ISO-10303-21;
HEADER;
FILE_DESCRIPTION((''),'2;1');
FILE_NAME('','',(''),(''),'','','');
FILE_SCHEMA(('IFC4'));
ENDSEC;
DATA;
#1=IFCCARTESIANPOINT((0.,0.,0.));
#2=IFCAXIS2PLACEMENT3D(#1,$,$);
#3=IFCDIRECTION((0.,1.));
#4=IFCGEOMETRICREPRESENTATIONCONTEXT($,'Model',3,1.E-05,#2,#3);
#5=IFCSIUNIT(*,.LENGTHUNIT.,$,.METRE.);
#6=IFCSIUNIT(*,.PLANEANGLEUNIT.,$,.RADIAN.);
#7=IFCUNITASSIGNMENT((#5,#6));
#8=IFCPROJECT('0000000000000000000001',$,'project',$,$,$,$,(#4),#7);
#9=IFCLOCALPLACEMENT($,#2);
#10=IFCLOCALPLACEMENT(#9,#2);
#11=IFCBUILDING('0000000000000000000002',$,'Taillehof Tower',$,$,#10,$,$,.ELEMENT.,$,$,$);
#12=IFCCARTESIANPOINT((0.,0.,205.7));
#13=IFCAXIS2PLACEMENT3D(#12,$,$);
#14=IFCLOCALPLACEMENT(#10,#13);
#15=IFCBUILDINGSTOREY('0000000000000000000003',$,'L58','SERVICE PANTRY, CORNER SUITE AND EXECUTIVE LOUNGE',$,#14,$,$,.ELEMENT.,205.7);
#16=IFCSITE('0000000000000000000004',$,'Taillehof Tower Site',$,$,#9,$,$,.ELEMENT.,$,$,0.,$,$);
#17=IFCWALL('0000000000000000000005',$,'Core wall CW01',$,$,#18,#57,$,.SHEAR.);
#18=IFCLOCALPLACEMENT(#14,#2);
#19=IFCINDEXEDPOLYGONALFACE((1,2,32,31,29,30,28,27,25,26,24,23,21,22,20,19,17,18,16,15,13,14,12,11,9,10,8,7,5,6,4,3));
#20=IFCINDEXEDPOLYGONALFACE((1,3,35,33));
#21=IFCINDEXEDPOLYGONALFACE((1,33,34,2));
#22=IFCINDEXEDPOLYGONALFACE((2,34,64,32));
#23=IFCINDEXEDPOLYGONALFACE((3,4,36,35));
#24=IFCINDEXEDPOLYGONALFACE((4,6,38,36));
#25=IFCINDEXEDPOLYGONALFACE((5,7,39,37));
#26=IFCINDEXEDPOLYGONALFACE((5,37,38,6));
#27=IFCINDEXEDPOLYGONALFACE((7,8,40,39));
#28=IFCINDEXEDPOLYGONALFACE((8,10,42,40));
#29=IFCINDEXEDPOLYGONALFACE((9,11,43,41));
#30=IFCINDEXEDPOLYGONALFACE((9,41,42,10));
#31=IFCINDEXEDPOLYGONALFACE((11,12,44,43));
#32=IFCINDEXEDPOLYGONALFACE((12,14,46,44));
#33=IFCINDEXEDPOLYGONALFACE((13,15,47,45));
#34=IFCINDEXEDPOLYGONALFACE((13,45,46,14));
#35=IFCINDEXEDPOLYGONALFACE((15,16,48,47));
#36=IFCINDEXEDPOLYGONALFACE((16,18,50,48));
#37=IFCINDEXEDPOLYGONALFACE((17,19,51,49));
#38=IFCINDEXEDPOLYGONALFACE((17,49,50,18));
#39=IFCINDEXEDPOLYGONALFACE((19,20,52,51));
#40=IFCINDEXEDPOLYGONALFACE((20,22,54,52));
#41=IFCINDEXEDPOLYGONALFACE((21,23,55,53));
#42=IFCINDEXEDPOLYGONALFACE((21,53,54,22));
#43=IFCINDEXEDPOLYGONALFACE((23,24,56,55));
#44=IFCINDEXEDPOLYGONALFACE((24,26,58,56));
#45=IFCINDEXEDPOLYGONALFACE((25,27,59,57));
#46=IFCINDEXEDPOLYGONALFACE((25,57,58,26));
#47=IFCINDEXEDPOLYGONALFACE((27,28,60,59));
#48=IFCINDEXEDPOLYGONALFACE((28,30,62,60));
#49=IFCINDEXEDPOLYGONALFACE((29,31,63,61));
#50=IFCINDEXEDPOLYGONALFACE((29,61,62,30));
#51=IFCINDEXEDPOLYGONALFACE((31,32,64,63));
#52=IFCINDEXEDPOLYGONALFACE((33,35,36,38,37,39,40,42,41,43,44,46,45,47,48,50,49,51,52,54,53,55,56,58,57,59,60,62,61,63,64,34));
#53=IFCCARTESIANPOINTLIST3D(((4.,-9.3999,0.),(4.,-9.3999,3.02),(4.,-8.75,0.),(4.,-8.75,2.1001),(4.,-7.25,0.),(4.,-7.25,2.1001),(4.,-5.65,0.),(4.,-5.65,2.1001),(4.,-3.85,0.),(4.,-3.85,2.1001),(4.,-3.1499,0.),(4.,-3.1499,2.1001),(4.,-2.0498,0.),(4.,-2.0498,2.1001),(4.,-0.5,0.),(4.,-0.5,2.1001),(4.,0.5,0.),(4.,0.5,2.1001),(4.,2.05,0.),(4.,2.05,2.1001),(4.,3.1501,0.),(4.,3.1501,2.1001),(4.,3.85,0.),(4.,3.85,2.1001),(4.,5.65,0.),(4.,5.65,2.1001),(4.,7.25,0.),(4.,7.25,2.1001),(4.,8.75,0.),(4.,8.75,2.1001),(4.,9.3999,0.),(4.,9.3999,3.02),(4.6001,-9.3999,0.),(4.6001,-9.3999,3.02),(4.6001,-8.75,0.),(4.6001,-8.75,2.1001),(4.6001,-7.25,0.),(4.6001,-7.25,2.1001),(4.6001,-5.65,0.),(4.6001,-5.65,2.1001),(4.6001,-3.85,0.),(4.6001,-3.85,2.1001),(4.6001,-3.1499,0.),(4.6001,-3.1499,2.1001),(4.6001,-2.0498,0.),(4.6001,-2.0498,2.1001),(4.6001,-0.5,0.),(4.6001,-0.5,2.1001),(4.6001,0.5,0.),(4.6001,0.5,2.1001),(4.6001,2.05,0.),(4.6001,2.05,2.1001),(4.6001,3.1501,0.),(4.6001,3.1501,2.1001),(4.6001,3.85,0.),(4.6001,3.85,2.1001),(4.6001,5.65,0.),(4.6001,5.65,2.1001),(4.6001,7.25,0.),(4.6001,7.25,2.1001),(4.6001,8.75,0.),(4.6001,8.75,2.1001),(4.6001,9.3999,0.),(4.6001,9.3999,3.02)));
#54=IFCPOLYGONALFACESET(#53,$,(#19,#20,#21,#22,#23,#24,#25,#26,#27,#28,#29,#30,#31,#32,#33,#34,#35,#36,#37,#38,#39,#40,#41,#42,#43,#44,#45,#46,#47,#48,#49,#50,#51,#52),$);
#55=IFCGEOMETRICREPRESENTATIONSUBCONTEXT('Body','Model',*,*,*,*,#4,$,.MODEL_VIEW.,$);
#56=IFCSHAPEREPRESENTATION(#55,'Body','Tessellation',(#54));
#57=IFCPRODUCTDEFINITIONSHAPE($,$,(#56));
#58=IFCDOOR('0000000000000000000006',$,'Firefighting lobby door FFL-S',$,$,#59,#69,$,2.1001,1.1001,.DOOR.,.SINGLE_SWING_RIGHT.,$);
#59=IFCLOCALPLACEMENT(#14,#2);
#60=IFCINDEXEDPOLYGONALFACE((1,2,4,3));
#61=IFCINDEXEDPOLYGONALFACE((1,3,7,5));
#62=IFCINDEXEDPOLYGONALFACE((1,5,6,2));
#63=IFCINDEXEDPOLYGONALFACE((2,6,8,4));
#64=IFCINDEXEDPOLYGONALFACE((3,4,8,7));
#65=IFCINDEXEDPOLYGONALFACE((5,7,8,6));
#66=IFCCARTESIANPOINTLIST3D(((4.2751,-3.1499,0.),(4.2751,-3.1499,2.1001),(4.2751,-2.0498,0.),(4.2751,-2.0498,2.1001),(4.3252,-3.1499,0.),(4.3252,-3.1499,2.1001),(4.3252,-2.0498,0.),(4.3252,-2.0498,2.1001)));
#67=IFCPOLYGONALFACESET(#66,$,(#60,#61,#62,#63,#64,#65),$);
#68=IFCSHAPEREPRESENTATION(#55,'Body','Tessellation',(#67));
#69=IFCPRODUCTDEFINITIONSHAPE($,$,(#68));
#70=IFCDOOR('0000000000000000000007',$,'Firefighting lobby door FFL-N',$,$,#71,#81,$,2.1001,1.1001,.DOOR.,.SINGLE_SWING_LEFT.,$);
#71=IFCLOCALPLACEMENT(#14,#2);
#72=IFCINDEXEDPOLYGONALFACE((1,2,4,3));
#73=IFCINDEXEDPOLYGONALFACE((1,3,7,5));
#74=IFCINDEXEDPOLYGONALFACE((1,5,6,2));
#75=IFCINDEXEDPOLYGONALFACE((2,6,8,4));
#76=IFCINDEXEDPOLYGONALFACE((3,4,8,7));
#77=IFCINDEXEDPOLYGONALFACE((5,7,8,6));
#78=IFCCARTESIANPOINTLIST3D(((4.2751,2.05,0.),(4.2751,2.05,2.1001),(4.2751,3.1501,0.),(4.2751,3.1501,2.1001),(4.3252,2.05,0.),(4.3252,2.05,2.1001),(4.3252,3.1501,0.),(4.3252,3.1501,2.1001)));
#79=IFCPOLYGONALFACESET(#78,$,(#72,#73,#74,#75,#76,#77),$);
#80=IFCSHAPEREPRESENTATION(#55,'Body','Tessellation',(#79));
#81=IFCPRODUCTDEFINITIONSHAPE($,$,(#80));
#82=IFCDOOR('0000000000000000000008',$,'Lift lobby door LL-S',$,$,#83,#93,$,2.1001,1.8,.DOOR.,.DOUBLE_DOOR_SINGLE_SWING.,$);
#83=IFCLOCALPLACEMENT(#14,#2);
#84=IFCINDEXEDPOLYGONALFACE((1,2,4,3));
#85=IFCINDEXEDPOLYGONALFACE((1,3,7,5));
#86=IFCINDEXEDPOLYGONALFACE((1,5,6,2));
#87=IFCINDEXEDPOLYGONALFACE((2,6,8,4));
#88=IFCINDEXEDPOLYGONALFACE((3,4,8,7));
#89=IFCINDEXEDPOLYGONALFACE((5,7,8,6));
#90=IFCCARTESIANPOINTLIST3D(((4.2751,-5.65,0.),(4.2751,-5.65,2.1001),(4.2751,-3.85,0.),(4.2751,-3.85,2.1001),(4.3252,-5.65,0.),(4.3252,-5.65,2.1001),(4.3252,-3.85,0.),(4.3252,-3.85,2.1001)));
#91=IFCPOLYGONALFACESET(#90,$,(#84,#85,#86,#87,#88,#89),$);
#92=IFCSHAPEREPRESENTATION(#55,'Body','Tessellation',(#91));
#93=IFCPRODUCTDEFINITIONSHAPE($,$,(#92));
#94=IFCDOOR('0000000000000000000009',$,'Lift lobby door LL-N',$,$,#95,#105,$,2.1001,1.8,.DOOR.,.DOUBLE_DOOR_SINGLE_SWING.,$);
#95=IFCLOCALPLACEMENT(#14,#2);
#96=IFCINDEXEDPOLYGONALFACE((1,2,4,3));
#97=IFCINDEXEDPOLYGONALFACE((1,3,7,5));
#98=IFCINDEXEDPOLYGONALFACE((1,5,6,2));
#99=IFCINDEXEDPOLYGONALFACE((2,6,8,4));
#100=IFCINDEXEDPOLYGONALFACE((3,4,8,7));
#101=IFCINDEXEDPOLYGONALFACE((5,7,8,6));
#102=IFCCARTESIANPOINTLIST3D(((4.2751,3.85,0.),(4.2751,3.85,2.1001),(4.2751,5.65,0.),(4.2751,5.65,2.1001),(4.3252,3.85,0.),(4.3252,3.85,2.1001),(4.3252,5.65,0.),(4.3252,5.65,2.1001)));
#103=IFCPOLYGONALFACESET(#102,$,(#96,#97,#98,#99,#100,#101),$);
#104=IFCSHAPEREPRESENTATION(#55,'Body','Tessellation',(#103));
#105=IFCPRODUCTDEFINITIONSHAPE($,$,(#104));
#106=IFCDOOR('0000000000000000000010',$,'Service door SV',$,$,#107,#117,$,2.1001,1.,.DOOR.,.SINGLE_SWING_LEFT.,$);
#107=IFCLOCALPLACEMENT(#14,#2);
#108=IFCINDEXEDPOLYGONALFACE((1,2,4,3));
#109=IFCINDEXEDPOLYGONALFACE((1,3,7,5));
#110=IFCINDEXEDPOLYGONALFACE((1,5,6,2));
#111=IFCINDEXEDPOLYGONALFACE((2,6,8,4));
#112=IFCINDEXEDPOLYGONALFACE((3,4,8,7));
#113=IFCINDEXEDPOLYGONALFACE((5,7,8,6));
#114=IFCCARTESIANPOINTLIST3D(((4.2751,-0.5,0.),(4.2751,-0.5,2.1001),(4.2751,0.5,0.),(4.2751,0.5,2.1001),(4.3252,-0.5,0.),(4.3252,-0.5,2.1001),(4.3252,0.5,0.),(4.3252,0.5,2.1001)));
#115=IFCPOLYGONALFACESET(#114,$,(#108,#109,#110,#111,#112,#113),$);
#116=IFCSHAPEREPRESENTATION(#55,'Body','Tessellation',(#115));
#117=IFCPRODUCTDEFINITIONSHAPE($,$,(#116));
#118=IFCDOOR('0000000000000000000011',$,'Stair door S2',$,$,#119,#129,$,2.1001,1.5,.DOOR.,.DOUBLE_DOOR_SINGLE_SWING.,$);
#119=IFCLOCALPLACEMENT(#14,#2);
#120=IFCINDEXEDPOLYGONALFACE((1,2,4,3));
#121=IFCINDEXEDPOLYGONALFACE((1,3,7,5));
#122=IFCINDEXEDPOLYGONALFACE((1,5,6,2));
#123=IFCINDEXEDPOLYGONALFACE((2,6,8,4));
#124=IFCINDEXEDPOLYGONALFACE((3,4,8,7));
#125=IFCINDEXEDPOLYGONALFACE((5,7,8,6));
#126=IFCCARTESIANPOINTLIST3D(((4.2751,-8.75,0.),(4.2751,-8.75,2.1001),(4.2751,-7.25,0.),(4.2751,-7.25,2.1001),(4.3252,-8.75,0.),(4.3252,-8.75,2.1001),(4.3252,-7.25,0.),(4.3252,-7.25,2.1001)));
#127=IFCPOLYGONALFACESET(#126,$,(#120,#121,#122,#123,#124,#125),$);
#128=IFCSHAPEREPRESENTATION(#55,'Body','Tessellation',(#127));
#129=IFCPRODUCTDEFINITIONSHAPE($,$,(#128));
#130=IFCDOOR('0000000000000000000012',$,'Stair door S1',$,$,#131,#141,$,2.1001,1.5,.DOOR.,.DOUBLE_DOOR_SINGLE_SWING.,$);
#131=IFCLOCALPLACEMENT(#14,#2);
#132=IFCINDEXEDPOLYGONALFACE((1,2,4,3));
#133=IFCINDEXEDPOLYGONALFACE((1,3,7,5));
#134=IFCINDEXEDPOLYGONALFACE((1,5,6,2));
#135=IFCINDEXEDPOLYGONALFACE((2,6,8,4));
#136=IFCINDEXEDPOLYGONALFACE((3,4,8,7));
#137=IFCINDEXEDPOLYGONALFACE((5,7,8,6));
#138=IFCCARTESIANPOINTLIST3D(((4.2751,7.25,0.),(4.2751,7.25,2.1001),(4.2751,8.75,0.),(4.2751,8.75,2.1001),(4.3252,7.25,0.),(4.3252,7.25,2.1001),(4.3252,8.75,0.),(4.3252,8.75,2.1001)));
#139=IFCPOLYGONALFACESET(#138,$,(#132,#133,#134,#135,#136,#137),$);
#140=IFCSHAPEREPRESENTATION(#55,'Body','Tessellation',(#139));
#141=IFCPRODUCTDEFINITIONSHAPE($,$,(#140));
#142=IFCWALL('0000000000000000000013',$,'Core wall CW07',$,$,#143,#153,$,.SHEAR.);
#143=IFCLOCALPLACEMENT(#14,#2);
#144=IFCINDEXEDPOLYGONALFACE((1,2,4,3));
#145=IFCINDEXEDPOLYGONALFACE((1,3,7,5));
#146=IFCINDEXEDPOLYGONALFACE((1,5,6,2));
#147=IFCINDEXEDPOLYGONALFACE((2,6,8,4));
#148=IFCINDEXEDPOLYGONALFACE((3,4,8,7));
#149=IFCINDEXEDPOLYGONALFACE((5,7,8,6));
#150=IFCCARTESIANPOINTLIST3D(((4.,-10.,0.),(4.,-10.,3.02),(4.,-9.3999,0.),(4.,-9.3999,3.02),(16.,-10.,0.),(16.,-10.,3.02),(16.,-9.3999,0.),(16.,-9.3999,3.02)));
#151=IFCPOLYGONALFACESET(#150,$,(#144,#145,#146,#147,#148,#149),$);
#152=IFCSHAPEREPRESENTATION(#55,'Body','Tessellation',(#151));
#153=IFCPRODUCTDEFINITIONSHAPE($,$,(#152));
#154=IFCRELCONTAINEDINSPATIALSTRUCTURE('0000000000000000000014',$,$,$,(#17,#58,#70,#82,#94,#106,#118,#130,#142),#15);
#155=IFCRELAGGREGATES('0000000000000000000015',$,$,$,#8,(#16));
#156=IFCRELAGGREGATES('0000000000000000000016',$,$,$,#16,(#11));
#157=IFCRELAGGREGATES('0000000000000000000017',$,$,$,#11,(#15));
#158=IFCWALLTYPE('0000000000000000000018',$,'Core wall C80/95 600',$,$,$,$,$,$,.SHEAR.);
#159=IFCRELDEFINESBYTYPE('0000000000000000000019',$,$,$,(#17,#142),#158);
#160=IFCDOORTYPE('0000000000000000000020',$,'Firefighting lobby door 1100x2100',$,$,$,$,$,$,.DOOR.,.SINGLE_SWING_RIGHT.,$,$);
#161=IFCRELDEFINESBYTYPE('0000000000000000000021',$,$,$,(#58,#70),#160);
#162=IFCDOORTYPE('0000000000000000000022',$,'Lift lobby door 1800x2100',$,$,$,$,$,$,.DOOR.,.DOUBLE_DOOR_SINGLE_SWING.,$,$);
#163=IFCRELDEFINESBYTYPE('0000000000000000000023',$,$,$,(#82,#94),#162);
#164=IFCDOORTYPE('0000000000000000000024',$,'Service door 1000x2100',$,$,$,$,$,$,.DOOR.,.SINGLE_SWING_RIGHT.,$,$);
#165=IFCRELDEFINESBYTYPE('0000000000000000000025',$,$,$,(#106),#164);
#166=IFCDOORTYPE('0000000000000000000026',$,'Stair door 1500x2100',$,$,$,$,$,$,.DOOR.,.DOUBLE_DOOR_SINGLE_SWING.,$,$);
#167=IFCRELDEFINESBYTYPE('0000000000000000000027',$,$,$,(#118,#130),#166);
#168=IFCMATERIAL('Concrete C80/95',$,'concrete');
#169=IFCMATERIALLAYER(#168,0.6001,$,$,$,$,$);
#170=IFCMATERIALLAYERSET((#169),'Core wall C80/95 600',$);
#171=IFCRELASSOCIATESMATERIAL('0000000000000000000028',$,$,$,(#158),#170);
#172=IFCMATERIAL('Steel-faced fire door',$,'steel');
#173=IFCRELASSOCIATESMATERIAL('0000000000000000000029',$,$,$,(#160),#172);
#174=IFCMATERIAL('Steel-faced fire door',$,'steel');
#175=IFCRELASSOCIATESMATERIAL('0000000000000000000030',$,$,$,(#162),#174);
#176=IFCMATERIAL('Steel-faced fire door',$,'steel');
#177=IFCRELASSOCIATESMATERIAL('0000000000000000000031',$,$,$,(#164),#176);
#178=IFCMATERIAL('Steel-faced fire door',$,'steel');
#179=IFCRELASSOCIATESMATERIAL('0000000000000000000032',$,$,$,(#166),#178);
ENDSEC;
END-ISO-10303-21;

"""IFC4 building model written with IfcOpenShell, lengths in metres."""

from ifc_helpers import new_model, si_unit, direction, frame, frame_2d, origin, place, context, subcontext, project, spatial, rectangle, extrude, material, layer, layer_set, type_object, element, fill, save


model = new_model("IFC4")

# Units and contexts
model_context = context("Model", 3, precision=1e-05, world=origin(), true_north=direction((0.0, 1.0)))
body_context = subcontext(model_context, "Body", "Model", "MODEL_VIEW")
ifc_project = project(units=[si_unit("LENGTHUNIT", "METRE"), si_unit("PLANEANGLEUNIT", "RADIAN")], contexts=[model_context])

# Site, building, storey
site_placement = place(None, origin())
site = spatial("IfcSite", under=ifc_project, at=site_placement, Name="Taillehof Tower Site", CompositionType="ELEMENT", RefElevation=0.0)
building_placement = place(site_placement, origin())
building = spatial("IfcBuilding", under=site, at=building_placement, Name="Taillehof Tower", CompositionType="ELEMENT")
storey_placement = place(building_placement, frame((0.0, 0.0, 205.7)))
storey = spatial("IfcBuildingStorey", under=building, at=storey_placement, Name="L58", Description="SERVICE PANTRY, CORNER SUITE AND EXECUTIVE LOUNGE", CompositionType="ELEMENT", Elevation=205.7)

# Wall, openings, doors
ifc_material_1 = material(Name="Concrete C80/95", Category="concrete")
ifc_layer_1 = layer(ifc_material_1, 0.6001)
ifc_layer_set_1 = layer_set([ifc_layer_1], Name="Core wall C80/95 600")
wall_type_1 = type_object("IfcWallType", Name="Core wall C80/95 600", PredefinedType="SHEAR", material=ifc_layer_set_1)
wall_1_placement = place(storey_placement, frame((4.3, -9.3999, 0.0), z_axis=(0.0, 0.0, 1.0), x_axis=(0.0, 1.0, 0.0)))
wall_1 = element("IfcWall", 1, at=wall_1_placement, inside=storey, type_object=wall_type_1, Name="Core wall CW01", PredefinedType="SHEAR", context=body_context, shape_type="SweptSolid", body=[
    extrude(rectangle(XDim=18.7998, YDim=0.6001, at=frame_2d((9.3999, 0.0))), origin(), (0.0, 0.0, 1.0), 3.02),
])
opening_1_placement = place(wall_1_placement, frame((0.6499, 0.0, 0.0)))
opening_1 = element("IfcOpeningElement", 2, at=opening_1_placement, cuts=wall_1, PredefinedType="OPENING", context=body_context, shape_type="SweptSolid", body=[
    extrude(rectangle(XDim=1.5, YDim=2.1001, at=frame_2d((0.75, 1.05))), frame((0.0, 0.3101, 0.0), z_axis=(0.0, -1.0, 0.0), x_axis=(1.0, 0.0, 0.0)), (0.0, 0.0, 1.0), 0.6201),
])
opening_2_placement = place(wall_1_placement, frame((3.75, 0.0, 0.0)))
opening_2 = element("IfcOpeningElement", 3, at=opening_2_placement, cuts=wall_1, PredefinedType="OPENING", context=body_context, shape_type="SweptSolid", body=[
    extrude(rectangle(XDim=1.8, YDim=2.1001, at=frame_2d((0.8999, 1.05))), frame((0.0, 0.3101, 0.0), z_axis=(0.0, -1.0, 0.0), x_axis=(1.0, 0.0, 0.0)), (0.0, 0.0, 1.0), 0.6201),
])
opening_3_placement = place(wall_1_placement, frame((6.25, 0.0, 0.0)))
opening_3 = element("IfcOpeningElement", 4, at=opening_3_placement, cuts=wall_1, PredefinedType="OPENING", context=body_context, shape_type="SweptSolid", body=[
    extrude(rectangle(XDim=1.1001, YDim=2.1001, at=frame_2d((0.55, 1.05))), frame((0.0, 0.3101, 0.0), z_axis=(0.0, -1.0, 0.0), x_axis=(1.0, 0.0, 0.0)), (0.0, 0.0, 1.0), 0.6201),
])
opening_4_placement = place(wall_1_placement, frame((8.8999, 0.0, 0.0)))
opening_4 = element("IfcOpeningElement", 5, at=opening_4_placement, cuts=wall_1, PredefinedType="OPENING", context=body_context, shape_type="SweptSolid", body=[
    extrude(rectangle(XDim=1.0, YDim=2.1001, at=frame_2d((0.5, 1.05))), frame((0.0, 0.3101, 0.0), z_axis=(0.0, -1.0, 0.0), x_axis=(1.0, 0.0, 0.0)), (0.0, 0.0, 1.0), 0.6201),
])
opening_5_placement = place(wall_1_placement, frame((11.45, 0.0, 0.0)))
opening_5 = element("IfcOpeningElement", 6, at=opening_5_placement, cuts=wall_1, PredefinedType="OPENING", context=body_context, shape_type="SweptSolid", body=[
    extrude(rectangle(XDim=1.1001, YDim=2.1001, at=frame_2d((0.55, 1.05))), frame((0.0, 0.3101, 0.0), z_axis=(0.0, -1.0, 0.0), x_axis=(1.0, 0.0, 0.0)), (0.0, 0.0, 1.0), 0.6201),
])
opening_6_placement = place(wall_1_placement, frame((13.25, 0.0, 0.0)))
opening_6 = element("IfcOpeningElement", 7, at=opening_6_placement, cuts=wall_1, PredefinedType="OPENING", context=body_context, shape_type="SweptSolid", body=[
    extrude(rectangle(XDim=1.8, YDim=2.1001, at=frame_2d((0.8999, 1.05))), frame((0.0, 0.3101, 0.0), z_axis=(0.0, -1.0, 0.0), x_axis=(1.0, 0.0, 0.0)), (0.0, 0.0, 1.0), 0.6201),
])
opening_7_placement = place(wall_1_placement, frame((16.6499, 0.0, 0.0)))
opening_7 = element("IfcOpeningElement", 8, at=opening_7_placement, cuts=wall_1, PredefinedType="OPENING", context=body_context, shape_type="SweptSolid", body=[
    extrude(rectangle(XDim=1.5, YDim=2.1001, at=frame_2d((0.75, 1.05))), frame((0.0, 0.3101, 0.0), z_axis=(0.0, -1.0, 0.0), x_axis=(1.0, 0.0, 0.0)), (0.0, 0.0, 1.0), 0.6201),
])
ifc_material_2 = material(Name="Steel-faced fire door", Category="steel")
door_type_1 = type_object("IfcDoorType", Name="Firefighting lobby door 1100x2100", OperationType="SINGLE_SWING_RIGHT", PredefinedType="DOOR", material=ifc_material_2)
door_1_placement = place(opening_3_placement, origin())
door_1 = element("IfcDoor", 9, at=door_1_placement, inside=storey, type_object=door_type_1, Name="Firefighting lobby door FFL-S", OperationType="SINGLE_SWING_RIGHT", OverallHeight=2.1001, OverallWidth=1.1001, PredefinedType="DOOR", context=body_context, shape_type="SweptSolid", body=[
    extrude(rectangle(XDim=1.1001, YDim=2.1001, at=frame_2d((0.55, 1.05))), frame((0.0, 0.0249, 0.0), z_axis=(0.0, -1.0, 0.0), x_axis=(1.0, 0.0, 0.0)), (0.0, 0.0, 1.0), 0.05),
])
fill(opening_3, door_1)
door_2_placement = place(opening_5_placement, origin())
door_2 = element("IfcDoor", 10, at=door_2_placement, inside=storey, type_object=door_type_1, Name="Firefighting lobby door FFL-N", OperationType="SINGLE_SWING_LEFT", OverallHeight=2.1001, OverallWidth=1.1001, PredefinedType="DOOR", context=body_context, shape_type="SweptSolid", body=[
    extrude(rectangle(XDim=1.1001, YDim=2.1001, at=frame_2d((0.55, 1.05))), frame((0.0, 0.0249, 0.0), z_axis=(0.0, -1.0, 0.0), x_axis=(1.0, 0.0, 0.0)), (0.0, 0.0, 1.0), 0.05),
])
fill(opening_5, door_2)
ifc_material_3 = material(Name="Steel-faced fire door", Category="steel")
door_type_2 = type_object("IfcDoorType", Name="Lift lobby door 1800x2100", OperationType="DOUBLE_DOOR_SINGLE_SWING", PredefinedType="DOOR", material=ifc_material_3)
door_3_placement = place(opening_2_placement, origin())
door_3 = element("IfcDoor", 11, at=door_3_placement, inside=storey, type_object=door_type_2, Name="Lift lobby door LL-S", OperationType="DOUBLE_DOOR_SINGLE_SWING", OverallHeight=2.1001, OverallWidth=1.8, PredefinedType="DOOR", context=body_context, shape_type="SweptSolid", body=[
    extrude(rectangle(XDim=1.8, YDim=2.1001, at=frame_2d((0.8999, 1.05))), frame((0.0, 0.0249, 0.0), z_axis=(0.0, -1.0, 0.0), x_axis=(1.0, 0.0, 0.0)), (0.0, 0.0, 1.0), 0.05),
])
fill(opening_2, door_3)
door_4_placement = place(opening_6_placement, origin())
door_4 = element("IfcDoor", 12, at=door_4_placement, inside=storey, type_object=door_type_2, Name="Lift lobby door LL-N", OperationType="DOUBLE_DOOR_SINGLE_SWING", OverallHeight=2.1001, OverallWidth=1.8, PredefinedType="DOOR", context=body_context, shape_type="SweptSolid", body=[
    extrude(rectangle(XDim=1.8, YDim=2.1001, at=frame_2d((0.8999, 1.05))), frame((0.0, 0.0249, 0.0), z_axis=(0.0, -1.0, 0.0), x_axis=(1.0, 0.0, 0.0)), (0.0, 0.0, 1.0), 0.05),
])
fill(opening_6, door_4)
ifc_material_4 = material(Name="Steel-faced fire door", Category="steel")
door_type_3 = type_object("IfcDoorType", Name="Service door 1000x2100", OperationType="SINGLE_SWING_RIGHT", PredefinedType="DOOR", material=ifc_material_4)
door_5_placement = place(opening_4_placement, origin())
door_5 = element("IfcDoor", 13, at=door_5_placement, inside=storey, type_object=door_type_3, Name="Service door SV", OperationType="SINGLE_SWING_LEFT", OverallHeight=2.1001, OverallWidth=1.0, PredefinedType="DOOR", context=body_context, shape_type="SweptSolid", body=[
    extrude(rectangle(XDim=1.0, YDim=2.1001, at=frame_2d((0.5, 1.05))), frame((0.0, 0.0249, 0.0), z_axis=(0.0, -1.0, 0.0), x_axis=(1.0, 0.0, 0.0)), (0.0, 0.0, 1.0), 0.05),
])
fill(opening_4, door_5)
ifc_material_5 = material(Name="Steel-faced fire door", Category="steel")
door_type_4 = type_object("IfcDoorType", Name="Stair door 1500x2100", OperationType="DOUBLE_DOOR_SINGLE_SWING", PredefinedType="DOOR", material=ifc_material_5)
door_6_placement = place(opening_1_placement, origin())
door_6 = element("IfcDoor", 14, at=door_6_placement, inside=storey, type_object=door_type_4, Name="Stair door S2", OperationType="DOUBLE_DOOR_SINGLE_SWING", OverallHeight=2.1001, OverallWidth=1.5, PredefinedType="DOOR", context=body_context, shape_type="SweptSolid", body=[
    extrude(rectangle(XDim=1.5, YDim=2.1001, at=frame_2d((0.75, 1.05))), frame((0.0, 0.0249, 0.0), z_axis=(0.0, -1.0, 0.0), x_axis=(1.0, 0.0, 0.0)), (0.0, 0.0, 1.0), 0.05),
])
fill(opening_1, door_6)
door_7_placement = place(opening_7_placement, origin())
door_7 = element("IfcDoor", 15, at=door_7_placement, inside=storey, type_object=door_type_4, Name="Stair door S1", OperationType="DOUBLE_DOOR_SINGLE_SWING", OverallHeight=2.1001, OverallWidth=1.5, PredefinedType="DOOR", context=body_context, shape_type="SweptSolid", body=[
    extrude(rectangle(XDim=1.5, YDim=2.1001, at=frame_2d((0.75, 1.05))), frame((0.0, 0.0249, 0.0), z_axis=(0.0, -1.0, 0.0), x_axis=(1.0, 0.0, 0.0)), (0.0, 0.0, 1.0), 0.05),
])
fill(opening_7, door_7)

# Wall
wall_2_placement = place(storey_placement, frame((4.0, -9.7, 0.0), z_axis=(0.0, 0.0, 1.0), x_axis=(1.0, 0.0, 0.0)))
element("IfcWall", 16, at=wall_2_placement, inside=storey, type_object=wall_type_1, Name="Core wall CW07", PredefinedType="SHEAR", context=body_context, shape_type="SweptSolid", body=[
    extrude(rectangle(XDim=12.0, YDim=0.6001, at=frame_2d((6.0, 0.0))), origin(), (0.0, 0.0, 1.0), 3.02),
])

save(model, "model.ifc")
